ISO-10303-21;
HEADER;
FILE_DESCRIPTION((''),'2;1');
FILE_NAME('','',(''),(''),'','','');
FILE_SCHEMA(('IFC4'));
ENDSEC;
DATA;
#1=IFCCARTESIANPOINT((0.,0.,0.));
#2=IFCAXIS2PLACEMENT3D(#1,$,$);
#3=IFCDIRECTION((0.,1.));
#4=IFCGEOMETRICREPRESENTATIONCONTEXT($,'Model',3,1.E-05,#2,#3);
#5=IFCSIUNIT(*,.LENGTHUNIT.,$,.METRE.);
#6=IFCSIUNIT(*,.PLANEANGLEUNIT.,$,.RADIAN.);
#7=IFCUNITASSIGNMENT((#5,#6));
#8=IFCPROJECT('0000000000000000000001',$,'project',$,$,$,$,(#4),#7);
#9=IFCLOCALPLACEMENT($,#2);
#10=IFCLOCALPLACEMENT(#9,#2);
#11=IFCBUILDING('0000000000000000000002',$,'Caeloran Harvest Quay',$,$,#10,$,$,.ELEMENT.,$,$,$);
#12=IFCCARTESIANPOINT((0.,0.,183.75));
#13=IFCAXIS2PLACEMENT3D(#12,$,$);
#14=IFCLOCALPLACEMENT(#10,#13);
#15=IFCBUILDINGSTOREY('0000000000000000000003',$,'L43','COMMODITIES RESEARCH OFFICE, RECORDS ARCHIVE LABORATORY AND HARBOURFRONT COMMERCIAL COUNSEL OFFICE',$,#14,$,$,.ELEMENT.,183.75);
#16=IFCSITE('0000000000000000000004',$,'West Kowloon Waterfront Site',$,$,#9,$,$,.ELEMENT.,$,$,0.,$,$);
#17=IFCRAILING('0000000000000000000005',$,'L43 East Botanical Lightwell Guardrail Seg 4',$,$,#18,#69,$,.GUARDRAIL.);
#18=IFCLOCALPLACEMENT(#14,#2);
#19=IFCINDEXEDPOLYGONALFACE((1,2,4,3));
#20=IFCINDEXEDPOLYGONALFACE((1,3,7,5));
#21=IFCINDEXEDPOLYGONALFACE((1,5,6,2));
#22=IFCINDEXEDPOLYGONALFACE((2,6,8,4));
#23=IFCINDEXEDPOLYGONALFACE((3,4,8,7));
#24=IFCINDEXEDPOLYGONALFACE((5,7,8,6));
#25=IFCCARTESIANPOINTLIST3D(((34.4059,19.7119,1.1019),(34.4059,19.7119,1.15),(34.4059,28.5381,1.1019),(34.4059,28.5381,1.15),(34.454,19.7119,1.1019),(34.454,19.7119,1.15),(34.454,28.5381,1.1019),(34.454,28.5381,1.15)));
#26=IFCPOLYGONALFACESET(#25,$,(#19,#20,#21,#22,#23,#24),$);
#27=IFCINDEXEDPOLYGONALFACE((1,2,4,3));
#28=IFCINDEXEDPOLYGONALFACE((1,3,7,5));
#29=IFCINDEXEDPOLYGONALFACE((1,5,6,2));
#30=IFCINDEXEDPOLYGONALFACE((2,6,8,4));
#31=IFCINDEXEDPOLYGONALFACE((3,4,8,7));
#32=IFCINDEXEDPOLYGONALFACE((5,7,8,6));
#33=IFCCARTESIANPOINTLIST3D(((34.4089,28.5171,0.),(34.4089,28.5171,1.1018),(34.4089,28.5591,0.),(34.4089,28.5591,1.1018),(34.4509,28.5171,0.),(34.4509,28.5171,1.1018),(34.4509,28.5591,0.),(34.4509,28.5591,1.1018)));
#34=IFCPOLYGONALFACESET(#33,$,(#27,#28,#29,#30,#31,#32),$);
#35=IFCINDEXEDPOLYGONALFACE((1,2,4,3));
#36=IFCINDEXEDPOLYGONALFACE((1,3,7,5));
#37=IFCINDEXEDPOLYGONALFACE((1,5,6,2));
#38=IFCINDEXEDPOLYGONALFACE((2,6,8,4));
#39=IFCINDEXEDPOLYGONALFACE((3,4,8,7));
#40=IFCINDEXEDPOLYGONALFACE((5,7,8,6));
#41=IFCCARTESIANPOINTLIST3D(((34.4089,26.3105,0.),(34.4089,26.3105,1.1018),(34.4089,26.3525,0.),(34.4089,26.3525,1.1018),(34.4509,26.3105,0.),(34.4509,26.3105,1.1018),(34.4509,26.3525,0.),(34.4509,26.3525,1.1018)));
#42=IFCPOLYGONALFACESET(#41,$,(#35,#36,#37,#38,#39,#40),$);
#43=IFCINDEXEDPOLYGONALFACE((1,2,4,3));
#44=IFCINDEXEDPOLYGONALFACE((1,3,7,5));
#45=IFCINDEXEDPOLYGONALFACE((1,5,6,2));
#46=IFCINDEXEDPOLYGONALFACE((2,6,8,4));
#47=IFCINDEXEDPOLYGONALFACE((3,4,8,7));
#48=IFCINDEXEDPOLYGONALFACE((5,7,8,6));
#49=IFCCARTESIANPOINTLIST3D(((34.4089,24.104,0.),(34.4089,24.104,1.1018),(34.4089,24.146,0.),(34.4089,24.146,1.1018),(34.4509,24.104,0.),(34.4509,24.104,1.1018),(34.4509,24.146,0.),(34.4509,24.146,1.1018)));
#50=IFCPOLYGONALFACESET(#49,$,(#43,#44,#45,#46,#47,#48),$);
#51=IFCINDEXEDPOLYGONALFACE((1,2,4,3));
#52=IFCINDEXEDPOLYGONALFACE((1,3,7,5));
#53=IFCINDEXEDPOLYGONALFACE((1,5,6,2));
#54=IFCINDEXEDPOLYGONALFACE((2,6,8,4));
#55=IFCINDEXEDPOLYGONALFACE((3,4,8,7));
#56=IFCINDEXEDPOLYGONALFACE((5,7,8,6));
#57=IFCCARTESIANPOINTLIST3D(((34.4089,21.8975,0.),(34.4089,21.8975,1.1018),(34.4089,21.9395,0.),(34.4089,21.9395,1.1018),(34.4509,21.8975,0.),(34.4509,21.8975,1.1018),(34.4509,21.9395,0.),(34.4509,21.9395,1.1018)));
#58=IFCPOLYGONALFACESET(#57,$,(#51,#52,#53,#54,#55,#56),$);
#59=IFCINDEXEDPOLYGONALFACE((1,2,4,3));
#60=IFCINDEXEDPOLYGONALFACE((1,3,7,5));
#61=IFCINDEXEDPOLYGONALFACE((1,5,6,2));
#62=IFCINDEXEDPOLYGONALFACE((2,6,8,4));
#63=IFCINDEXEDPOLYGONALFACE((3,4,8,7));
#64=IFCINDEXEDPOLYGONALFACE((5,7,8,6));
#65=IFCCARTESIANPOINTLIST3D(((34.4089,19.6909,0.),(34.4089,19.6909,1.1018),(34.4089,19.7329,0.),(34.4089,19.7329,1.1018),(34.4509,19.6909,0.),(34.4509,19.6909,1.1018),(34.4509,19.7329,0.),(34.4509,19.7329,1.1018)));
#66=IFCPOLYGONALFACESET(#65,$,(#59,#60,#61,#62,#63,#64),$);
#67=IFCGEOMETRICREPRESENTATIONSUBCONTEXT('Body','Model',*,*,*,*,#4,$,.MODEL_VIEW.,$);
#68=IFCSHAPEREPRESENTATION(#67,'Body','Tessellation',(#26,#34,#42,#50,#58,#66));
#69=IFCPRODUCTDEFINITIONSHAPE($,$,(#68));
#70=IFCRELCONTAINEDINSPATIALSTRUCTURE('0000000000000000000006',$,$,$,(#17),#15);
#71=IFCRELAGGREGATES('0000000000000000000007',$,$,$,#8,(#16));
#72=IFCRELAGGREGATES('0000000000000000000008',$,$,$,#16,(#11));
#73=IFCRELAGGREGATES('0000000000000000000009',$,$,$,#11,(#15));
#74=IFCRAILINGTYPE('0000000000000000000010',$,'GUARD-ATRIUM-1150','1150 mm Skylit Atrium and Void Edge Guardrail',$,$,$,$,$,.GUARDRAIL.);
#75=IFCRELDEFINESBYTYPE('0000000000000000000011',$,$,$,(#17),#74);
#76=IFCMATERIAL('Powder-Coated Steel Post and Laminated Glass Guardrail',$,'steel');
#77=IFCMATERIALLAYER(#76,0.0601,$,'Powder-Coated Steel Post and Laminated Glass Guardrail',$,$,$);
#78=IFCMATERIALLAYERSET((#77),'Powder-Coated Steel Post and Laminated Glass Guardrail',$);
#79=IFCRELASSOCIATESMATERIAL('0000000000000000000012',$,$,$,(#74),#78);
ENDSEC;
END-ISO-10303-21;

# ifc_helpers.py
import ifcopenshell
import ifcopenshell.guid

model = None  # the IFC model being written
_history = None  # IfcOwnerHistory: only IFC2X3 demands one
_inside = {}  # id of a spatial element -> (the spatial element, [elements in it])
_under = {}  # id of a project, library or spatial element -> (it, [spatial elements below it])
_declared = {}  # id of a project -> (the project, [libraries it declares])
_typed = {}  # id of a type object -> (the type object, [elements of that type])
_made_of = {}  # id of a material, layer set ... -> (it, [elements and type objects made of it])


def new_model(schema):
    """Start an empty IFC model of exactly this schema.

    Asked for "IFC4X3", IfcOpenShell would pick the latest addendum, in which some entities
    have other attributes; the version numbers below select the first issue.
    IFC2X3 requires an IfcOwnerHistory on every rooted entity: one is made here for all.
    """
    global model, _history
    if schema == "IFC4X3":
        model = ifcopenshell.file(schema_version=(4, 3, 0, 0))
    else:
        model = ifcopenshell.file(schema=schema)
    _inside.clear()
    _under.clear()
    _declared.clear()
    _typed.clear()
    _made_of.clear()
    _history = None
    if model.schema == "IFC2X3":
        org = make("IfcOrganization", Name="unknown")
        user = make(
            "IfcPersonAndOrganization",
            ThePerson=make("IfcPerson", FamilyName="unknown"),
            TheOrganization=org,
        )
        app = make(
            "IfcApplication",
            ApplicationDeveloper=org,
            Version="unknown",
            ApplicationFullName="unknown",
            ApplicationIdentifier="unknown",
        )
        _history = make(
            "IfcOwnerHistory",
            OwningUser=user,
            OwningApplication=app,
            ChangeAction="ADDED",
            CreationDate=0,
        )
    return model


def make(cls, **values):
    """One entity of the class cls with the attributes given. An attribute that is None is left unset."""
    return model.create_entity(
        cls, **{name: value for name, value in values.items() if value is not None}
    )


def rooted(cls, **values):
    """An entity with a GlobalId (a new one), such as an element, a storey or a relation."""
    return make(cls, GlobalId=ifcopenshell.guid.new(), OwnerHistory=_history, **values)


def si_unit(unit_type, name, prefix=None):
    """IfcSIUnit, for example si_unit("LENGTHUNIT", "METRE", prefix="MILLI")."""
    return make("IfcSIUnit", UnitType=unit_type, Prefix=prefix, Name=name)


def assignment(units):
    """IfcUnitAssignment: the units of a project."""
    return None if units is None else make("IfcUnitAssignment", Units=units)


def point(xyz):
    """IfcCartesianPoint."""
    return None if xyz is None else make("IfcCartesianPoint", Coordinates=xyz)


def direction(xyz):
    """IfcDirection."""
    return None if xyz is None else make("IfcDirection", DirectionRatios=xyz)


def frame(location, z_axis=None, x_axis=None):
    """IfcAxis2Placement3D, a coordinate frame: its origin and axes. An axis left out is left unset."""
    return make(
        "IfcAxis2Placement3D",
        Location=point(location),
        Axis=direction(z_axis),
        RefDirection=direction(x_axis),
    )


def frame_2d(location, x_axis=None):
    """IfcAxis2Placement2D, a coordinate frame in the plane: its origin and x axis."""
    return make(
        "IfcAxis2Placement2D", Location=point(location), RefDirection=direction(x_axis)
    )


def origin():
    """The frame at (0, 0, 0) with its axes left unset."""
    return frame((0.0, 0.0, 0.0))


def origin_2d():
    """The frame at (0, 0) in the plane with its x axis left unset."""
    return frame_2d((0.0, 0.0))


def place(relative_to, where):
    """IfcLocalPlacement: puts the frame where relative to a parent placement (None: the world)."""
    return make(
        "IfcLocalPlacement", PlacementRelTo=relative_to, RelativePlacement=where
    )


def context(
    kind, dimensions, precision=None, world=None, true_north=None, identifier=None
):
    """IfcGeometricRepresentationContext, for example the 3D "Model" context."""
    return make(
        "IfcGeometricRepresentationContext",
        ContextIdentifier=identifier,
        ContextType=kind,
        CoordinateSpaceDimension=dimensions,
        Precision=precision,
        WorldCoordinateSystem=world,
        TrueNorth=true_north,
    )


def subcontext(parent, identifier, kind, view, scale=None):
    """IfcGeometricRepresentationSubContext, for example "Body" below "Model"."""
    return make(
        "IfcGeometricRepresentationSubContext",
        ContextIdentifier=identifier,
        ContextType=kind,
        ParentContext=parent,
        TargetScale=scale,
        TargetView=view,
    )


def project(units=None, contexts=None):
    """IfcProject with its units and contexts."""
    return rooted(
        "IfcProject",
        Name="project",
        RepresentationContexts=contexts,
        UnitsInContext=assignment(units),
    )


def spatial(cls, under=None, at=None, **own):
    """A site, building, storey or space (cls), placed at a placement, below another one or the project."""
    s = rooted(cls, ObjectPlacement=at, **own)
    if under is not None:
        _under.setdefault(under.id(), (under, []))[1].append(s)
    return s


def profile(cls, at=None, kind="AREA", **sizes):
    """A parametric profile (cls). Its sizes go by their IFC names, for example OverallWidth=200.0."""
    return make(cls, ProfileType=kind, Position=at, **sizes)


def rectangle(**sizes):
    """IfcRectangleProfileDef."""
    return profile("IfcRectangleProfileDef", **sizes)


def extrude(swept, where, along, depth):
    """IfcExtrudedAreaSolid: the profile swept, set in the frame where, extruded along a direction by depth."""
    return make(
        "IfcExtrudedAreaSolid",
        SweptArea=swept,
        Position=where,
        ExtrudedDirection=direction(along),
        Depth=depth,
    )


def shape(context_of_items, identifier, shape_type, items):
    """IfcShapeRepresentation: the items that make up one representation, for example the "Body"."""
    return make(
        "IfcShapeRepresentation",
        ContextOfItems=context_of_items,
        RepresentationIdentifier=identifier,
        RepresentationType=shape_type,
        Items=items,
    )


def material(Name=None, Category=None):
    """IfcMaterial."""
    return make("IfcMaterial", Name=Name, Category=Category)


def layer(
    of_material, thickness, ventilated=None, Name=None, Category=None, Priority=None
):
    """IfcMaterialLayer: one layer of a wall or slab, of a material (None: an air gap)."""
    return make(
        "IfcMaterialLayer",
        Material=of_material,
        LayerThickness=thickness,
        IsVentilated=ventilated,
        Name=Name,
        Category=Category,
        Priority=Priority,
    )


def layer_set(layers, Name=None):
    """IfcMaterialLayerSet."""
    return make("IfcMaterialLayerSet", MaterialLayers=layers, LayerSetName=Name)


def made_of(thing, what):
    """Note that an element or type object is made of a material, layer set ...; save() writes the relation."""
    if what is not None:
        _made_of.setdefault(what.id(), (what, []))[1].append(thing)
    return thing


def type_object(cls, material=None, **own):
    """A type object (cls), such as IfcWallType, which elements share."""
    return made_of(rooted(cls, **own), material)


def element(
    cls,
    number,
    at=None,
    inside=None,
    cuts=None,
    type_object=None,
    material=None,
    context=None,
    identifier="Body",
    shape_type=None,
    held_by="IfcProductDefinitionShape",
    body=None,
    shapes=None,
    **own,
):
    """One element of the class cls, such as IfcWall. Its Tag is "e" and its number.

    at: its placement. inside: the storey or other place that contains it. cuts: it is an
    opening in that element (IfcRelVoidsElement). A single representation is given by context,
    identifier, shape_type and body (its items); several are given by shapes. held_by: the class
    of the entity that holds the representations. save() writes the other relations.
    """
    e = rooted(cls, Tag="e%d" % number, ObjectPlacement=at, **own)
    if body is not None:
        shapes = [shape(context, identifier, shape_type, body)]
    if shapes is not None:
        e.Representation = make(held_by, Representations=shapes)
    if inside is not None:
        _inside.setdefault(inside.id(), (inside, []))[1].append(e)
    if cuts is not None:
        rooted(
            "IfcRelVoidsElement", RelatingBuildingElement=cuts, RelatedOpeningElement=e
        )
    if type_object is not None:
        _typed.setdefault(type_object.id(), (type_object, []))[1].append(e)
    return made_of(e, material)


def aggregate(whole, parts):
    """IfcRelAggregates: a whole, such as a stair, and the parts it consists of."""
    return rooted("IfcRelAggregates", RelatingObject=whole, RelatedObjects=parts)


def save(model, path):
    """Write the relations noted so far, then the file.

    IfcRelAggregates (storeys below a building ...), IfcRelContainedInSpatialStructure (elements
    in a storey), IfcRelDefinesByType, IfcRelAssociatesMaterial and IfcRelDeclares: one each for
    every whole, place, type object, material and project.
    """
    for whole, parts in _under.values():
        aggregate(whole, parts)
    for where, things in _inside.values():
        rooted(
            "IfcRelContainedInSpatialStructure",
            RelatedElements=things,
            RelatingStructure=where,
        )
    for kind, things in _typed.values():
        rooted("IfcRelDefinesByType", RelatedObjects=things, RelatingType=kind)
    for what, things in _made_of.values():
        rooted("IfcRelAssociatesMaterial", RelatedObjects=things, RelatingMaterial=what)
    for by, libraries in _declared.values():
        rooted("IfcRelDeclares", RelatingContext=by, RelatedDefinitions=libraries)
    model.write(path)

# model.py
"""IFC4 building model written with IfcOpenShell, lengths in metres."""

from ifc_helpers import new_model, si_unit, direction, frame, origin, origin_2d, place, context, subcontext, project, spatial, rectangle, extrude, material, layer, layer_set, type_object, element, save


model = new_model("IFC4")

# Units and contexts
model_context = context("Model", 3, precision=1e-05, world=origin(), true_north=direction((0.0, 1.0)))
body_context = subcontext(model_context, "Body", "Model", "MODEL_VIEW")
ifc_project = project(units=[si_unit("LENGTHUNIT", "METRE"), si_unit("PLANEANGLEUNIT", "RADIAN")], contexts=[model_context])

# Site, building, storey
site_placement = place(None, origin())
site = spatial("IfcSite", under=ifc_project, at=site_placement, Name="West Kowloon Waterfront Site", CompositionType="ELEMENT", RefElevation=0.0)
building_placement = place(site_placement, origin())
building = spatial("IfcBuilding", under=site, at=building_placement, Name="Caeloran Harvest Quay", CompositionType="ELEMENT")
storey_placement = place(building_placement, frame((0.0, 0.0, 183.75)))
storey = spatial("IfcBuildingStorey", under=building, at=storey_placement, Name="L43", Description="COMMODITIES RESEARCH OFFICE, RECORDS ARCHIVE LABORATORY AND HARBOURFRONT COMMERCIAL COUNSEL OFFICE", CompositionType="ELEMENT", Elevation=183.75)

# Railing
ifc_material_1 = material(Name="Powder-Coated Steel Post and Laminated Glass Guardrail", Category="steel")
ifc_layer_1 = layer(ifc_material_1, 0.0601, Name="Powder-Coated Steel Post and Laminated Glass Guardrail")
ifc_layer_set_1 = layer_set([ifc_layer_1], Name="Powder-Coated Steel Post and Laminated Glass Guardrail")
railing_type = type_object("IfcRailingType", Name="GUARD-ATRIUM-1150", Description="1150 mm Skylit Atrium and Void Edge Guardrail", PredefinedType="GUARDRAIL", material=ifc_layer_set_1)
railing_1_placement = place(storey_placement, frame((34.4299, 28.5381, 0.0)))
element("IfcRailing", 1, at=railing_1_placement, inside=storey, type_object=railing_type, Name="L43 East Botanical Lightwell Guardrail Seg 4", PredefinedType="GUARDRAIL", context=body_context, shape_type="SweptSolid", body=[
    extrude(rectangle(XDim=0.0481, YDim=0.0481, at=origin_2d()), frame((0.0, 0.0, 1.126), z_axis=(0.0, -1.0, 0.0), x_axis=(1.0, 0.0, 0.0)), (0.0, 0.0, 1.0), 8.8262),
    extrude(rectangle(XDim=0.042, YDim=0.042, at=origin_2d()), origin(), (0.0, 0.0, 1.0), 1.1018),
    extrude(rectangle(XDim=0.042, YDim=0.042, at=origin_2d()), frame((0.0, -2.2065, 0.0)), (0.0, 0.0, 1.0), 1.1018),
    extrude(rectangle(XDim=0.042, YDim=0.042, at=origin_2d()), frame((0.0, -4.4131, 0.0)), (0.0, 0.0, 1.0), 1.1018),
    extrude(rectangle(XDim=0.042, YDim=0.042, at=origin_2d()), frame((0.0, -6.6196, 0.0)), (0.0, 0.0, 1.0), 1.1018),
    extrude(rectangle(XDim=0.042, YDim=0.042, at=origin_2d()), frame((0.0, -8.8262, 0.0)), (0.0, 0.0, 1.0), 1.1018),
])

save(model, "model.ifc")
